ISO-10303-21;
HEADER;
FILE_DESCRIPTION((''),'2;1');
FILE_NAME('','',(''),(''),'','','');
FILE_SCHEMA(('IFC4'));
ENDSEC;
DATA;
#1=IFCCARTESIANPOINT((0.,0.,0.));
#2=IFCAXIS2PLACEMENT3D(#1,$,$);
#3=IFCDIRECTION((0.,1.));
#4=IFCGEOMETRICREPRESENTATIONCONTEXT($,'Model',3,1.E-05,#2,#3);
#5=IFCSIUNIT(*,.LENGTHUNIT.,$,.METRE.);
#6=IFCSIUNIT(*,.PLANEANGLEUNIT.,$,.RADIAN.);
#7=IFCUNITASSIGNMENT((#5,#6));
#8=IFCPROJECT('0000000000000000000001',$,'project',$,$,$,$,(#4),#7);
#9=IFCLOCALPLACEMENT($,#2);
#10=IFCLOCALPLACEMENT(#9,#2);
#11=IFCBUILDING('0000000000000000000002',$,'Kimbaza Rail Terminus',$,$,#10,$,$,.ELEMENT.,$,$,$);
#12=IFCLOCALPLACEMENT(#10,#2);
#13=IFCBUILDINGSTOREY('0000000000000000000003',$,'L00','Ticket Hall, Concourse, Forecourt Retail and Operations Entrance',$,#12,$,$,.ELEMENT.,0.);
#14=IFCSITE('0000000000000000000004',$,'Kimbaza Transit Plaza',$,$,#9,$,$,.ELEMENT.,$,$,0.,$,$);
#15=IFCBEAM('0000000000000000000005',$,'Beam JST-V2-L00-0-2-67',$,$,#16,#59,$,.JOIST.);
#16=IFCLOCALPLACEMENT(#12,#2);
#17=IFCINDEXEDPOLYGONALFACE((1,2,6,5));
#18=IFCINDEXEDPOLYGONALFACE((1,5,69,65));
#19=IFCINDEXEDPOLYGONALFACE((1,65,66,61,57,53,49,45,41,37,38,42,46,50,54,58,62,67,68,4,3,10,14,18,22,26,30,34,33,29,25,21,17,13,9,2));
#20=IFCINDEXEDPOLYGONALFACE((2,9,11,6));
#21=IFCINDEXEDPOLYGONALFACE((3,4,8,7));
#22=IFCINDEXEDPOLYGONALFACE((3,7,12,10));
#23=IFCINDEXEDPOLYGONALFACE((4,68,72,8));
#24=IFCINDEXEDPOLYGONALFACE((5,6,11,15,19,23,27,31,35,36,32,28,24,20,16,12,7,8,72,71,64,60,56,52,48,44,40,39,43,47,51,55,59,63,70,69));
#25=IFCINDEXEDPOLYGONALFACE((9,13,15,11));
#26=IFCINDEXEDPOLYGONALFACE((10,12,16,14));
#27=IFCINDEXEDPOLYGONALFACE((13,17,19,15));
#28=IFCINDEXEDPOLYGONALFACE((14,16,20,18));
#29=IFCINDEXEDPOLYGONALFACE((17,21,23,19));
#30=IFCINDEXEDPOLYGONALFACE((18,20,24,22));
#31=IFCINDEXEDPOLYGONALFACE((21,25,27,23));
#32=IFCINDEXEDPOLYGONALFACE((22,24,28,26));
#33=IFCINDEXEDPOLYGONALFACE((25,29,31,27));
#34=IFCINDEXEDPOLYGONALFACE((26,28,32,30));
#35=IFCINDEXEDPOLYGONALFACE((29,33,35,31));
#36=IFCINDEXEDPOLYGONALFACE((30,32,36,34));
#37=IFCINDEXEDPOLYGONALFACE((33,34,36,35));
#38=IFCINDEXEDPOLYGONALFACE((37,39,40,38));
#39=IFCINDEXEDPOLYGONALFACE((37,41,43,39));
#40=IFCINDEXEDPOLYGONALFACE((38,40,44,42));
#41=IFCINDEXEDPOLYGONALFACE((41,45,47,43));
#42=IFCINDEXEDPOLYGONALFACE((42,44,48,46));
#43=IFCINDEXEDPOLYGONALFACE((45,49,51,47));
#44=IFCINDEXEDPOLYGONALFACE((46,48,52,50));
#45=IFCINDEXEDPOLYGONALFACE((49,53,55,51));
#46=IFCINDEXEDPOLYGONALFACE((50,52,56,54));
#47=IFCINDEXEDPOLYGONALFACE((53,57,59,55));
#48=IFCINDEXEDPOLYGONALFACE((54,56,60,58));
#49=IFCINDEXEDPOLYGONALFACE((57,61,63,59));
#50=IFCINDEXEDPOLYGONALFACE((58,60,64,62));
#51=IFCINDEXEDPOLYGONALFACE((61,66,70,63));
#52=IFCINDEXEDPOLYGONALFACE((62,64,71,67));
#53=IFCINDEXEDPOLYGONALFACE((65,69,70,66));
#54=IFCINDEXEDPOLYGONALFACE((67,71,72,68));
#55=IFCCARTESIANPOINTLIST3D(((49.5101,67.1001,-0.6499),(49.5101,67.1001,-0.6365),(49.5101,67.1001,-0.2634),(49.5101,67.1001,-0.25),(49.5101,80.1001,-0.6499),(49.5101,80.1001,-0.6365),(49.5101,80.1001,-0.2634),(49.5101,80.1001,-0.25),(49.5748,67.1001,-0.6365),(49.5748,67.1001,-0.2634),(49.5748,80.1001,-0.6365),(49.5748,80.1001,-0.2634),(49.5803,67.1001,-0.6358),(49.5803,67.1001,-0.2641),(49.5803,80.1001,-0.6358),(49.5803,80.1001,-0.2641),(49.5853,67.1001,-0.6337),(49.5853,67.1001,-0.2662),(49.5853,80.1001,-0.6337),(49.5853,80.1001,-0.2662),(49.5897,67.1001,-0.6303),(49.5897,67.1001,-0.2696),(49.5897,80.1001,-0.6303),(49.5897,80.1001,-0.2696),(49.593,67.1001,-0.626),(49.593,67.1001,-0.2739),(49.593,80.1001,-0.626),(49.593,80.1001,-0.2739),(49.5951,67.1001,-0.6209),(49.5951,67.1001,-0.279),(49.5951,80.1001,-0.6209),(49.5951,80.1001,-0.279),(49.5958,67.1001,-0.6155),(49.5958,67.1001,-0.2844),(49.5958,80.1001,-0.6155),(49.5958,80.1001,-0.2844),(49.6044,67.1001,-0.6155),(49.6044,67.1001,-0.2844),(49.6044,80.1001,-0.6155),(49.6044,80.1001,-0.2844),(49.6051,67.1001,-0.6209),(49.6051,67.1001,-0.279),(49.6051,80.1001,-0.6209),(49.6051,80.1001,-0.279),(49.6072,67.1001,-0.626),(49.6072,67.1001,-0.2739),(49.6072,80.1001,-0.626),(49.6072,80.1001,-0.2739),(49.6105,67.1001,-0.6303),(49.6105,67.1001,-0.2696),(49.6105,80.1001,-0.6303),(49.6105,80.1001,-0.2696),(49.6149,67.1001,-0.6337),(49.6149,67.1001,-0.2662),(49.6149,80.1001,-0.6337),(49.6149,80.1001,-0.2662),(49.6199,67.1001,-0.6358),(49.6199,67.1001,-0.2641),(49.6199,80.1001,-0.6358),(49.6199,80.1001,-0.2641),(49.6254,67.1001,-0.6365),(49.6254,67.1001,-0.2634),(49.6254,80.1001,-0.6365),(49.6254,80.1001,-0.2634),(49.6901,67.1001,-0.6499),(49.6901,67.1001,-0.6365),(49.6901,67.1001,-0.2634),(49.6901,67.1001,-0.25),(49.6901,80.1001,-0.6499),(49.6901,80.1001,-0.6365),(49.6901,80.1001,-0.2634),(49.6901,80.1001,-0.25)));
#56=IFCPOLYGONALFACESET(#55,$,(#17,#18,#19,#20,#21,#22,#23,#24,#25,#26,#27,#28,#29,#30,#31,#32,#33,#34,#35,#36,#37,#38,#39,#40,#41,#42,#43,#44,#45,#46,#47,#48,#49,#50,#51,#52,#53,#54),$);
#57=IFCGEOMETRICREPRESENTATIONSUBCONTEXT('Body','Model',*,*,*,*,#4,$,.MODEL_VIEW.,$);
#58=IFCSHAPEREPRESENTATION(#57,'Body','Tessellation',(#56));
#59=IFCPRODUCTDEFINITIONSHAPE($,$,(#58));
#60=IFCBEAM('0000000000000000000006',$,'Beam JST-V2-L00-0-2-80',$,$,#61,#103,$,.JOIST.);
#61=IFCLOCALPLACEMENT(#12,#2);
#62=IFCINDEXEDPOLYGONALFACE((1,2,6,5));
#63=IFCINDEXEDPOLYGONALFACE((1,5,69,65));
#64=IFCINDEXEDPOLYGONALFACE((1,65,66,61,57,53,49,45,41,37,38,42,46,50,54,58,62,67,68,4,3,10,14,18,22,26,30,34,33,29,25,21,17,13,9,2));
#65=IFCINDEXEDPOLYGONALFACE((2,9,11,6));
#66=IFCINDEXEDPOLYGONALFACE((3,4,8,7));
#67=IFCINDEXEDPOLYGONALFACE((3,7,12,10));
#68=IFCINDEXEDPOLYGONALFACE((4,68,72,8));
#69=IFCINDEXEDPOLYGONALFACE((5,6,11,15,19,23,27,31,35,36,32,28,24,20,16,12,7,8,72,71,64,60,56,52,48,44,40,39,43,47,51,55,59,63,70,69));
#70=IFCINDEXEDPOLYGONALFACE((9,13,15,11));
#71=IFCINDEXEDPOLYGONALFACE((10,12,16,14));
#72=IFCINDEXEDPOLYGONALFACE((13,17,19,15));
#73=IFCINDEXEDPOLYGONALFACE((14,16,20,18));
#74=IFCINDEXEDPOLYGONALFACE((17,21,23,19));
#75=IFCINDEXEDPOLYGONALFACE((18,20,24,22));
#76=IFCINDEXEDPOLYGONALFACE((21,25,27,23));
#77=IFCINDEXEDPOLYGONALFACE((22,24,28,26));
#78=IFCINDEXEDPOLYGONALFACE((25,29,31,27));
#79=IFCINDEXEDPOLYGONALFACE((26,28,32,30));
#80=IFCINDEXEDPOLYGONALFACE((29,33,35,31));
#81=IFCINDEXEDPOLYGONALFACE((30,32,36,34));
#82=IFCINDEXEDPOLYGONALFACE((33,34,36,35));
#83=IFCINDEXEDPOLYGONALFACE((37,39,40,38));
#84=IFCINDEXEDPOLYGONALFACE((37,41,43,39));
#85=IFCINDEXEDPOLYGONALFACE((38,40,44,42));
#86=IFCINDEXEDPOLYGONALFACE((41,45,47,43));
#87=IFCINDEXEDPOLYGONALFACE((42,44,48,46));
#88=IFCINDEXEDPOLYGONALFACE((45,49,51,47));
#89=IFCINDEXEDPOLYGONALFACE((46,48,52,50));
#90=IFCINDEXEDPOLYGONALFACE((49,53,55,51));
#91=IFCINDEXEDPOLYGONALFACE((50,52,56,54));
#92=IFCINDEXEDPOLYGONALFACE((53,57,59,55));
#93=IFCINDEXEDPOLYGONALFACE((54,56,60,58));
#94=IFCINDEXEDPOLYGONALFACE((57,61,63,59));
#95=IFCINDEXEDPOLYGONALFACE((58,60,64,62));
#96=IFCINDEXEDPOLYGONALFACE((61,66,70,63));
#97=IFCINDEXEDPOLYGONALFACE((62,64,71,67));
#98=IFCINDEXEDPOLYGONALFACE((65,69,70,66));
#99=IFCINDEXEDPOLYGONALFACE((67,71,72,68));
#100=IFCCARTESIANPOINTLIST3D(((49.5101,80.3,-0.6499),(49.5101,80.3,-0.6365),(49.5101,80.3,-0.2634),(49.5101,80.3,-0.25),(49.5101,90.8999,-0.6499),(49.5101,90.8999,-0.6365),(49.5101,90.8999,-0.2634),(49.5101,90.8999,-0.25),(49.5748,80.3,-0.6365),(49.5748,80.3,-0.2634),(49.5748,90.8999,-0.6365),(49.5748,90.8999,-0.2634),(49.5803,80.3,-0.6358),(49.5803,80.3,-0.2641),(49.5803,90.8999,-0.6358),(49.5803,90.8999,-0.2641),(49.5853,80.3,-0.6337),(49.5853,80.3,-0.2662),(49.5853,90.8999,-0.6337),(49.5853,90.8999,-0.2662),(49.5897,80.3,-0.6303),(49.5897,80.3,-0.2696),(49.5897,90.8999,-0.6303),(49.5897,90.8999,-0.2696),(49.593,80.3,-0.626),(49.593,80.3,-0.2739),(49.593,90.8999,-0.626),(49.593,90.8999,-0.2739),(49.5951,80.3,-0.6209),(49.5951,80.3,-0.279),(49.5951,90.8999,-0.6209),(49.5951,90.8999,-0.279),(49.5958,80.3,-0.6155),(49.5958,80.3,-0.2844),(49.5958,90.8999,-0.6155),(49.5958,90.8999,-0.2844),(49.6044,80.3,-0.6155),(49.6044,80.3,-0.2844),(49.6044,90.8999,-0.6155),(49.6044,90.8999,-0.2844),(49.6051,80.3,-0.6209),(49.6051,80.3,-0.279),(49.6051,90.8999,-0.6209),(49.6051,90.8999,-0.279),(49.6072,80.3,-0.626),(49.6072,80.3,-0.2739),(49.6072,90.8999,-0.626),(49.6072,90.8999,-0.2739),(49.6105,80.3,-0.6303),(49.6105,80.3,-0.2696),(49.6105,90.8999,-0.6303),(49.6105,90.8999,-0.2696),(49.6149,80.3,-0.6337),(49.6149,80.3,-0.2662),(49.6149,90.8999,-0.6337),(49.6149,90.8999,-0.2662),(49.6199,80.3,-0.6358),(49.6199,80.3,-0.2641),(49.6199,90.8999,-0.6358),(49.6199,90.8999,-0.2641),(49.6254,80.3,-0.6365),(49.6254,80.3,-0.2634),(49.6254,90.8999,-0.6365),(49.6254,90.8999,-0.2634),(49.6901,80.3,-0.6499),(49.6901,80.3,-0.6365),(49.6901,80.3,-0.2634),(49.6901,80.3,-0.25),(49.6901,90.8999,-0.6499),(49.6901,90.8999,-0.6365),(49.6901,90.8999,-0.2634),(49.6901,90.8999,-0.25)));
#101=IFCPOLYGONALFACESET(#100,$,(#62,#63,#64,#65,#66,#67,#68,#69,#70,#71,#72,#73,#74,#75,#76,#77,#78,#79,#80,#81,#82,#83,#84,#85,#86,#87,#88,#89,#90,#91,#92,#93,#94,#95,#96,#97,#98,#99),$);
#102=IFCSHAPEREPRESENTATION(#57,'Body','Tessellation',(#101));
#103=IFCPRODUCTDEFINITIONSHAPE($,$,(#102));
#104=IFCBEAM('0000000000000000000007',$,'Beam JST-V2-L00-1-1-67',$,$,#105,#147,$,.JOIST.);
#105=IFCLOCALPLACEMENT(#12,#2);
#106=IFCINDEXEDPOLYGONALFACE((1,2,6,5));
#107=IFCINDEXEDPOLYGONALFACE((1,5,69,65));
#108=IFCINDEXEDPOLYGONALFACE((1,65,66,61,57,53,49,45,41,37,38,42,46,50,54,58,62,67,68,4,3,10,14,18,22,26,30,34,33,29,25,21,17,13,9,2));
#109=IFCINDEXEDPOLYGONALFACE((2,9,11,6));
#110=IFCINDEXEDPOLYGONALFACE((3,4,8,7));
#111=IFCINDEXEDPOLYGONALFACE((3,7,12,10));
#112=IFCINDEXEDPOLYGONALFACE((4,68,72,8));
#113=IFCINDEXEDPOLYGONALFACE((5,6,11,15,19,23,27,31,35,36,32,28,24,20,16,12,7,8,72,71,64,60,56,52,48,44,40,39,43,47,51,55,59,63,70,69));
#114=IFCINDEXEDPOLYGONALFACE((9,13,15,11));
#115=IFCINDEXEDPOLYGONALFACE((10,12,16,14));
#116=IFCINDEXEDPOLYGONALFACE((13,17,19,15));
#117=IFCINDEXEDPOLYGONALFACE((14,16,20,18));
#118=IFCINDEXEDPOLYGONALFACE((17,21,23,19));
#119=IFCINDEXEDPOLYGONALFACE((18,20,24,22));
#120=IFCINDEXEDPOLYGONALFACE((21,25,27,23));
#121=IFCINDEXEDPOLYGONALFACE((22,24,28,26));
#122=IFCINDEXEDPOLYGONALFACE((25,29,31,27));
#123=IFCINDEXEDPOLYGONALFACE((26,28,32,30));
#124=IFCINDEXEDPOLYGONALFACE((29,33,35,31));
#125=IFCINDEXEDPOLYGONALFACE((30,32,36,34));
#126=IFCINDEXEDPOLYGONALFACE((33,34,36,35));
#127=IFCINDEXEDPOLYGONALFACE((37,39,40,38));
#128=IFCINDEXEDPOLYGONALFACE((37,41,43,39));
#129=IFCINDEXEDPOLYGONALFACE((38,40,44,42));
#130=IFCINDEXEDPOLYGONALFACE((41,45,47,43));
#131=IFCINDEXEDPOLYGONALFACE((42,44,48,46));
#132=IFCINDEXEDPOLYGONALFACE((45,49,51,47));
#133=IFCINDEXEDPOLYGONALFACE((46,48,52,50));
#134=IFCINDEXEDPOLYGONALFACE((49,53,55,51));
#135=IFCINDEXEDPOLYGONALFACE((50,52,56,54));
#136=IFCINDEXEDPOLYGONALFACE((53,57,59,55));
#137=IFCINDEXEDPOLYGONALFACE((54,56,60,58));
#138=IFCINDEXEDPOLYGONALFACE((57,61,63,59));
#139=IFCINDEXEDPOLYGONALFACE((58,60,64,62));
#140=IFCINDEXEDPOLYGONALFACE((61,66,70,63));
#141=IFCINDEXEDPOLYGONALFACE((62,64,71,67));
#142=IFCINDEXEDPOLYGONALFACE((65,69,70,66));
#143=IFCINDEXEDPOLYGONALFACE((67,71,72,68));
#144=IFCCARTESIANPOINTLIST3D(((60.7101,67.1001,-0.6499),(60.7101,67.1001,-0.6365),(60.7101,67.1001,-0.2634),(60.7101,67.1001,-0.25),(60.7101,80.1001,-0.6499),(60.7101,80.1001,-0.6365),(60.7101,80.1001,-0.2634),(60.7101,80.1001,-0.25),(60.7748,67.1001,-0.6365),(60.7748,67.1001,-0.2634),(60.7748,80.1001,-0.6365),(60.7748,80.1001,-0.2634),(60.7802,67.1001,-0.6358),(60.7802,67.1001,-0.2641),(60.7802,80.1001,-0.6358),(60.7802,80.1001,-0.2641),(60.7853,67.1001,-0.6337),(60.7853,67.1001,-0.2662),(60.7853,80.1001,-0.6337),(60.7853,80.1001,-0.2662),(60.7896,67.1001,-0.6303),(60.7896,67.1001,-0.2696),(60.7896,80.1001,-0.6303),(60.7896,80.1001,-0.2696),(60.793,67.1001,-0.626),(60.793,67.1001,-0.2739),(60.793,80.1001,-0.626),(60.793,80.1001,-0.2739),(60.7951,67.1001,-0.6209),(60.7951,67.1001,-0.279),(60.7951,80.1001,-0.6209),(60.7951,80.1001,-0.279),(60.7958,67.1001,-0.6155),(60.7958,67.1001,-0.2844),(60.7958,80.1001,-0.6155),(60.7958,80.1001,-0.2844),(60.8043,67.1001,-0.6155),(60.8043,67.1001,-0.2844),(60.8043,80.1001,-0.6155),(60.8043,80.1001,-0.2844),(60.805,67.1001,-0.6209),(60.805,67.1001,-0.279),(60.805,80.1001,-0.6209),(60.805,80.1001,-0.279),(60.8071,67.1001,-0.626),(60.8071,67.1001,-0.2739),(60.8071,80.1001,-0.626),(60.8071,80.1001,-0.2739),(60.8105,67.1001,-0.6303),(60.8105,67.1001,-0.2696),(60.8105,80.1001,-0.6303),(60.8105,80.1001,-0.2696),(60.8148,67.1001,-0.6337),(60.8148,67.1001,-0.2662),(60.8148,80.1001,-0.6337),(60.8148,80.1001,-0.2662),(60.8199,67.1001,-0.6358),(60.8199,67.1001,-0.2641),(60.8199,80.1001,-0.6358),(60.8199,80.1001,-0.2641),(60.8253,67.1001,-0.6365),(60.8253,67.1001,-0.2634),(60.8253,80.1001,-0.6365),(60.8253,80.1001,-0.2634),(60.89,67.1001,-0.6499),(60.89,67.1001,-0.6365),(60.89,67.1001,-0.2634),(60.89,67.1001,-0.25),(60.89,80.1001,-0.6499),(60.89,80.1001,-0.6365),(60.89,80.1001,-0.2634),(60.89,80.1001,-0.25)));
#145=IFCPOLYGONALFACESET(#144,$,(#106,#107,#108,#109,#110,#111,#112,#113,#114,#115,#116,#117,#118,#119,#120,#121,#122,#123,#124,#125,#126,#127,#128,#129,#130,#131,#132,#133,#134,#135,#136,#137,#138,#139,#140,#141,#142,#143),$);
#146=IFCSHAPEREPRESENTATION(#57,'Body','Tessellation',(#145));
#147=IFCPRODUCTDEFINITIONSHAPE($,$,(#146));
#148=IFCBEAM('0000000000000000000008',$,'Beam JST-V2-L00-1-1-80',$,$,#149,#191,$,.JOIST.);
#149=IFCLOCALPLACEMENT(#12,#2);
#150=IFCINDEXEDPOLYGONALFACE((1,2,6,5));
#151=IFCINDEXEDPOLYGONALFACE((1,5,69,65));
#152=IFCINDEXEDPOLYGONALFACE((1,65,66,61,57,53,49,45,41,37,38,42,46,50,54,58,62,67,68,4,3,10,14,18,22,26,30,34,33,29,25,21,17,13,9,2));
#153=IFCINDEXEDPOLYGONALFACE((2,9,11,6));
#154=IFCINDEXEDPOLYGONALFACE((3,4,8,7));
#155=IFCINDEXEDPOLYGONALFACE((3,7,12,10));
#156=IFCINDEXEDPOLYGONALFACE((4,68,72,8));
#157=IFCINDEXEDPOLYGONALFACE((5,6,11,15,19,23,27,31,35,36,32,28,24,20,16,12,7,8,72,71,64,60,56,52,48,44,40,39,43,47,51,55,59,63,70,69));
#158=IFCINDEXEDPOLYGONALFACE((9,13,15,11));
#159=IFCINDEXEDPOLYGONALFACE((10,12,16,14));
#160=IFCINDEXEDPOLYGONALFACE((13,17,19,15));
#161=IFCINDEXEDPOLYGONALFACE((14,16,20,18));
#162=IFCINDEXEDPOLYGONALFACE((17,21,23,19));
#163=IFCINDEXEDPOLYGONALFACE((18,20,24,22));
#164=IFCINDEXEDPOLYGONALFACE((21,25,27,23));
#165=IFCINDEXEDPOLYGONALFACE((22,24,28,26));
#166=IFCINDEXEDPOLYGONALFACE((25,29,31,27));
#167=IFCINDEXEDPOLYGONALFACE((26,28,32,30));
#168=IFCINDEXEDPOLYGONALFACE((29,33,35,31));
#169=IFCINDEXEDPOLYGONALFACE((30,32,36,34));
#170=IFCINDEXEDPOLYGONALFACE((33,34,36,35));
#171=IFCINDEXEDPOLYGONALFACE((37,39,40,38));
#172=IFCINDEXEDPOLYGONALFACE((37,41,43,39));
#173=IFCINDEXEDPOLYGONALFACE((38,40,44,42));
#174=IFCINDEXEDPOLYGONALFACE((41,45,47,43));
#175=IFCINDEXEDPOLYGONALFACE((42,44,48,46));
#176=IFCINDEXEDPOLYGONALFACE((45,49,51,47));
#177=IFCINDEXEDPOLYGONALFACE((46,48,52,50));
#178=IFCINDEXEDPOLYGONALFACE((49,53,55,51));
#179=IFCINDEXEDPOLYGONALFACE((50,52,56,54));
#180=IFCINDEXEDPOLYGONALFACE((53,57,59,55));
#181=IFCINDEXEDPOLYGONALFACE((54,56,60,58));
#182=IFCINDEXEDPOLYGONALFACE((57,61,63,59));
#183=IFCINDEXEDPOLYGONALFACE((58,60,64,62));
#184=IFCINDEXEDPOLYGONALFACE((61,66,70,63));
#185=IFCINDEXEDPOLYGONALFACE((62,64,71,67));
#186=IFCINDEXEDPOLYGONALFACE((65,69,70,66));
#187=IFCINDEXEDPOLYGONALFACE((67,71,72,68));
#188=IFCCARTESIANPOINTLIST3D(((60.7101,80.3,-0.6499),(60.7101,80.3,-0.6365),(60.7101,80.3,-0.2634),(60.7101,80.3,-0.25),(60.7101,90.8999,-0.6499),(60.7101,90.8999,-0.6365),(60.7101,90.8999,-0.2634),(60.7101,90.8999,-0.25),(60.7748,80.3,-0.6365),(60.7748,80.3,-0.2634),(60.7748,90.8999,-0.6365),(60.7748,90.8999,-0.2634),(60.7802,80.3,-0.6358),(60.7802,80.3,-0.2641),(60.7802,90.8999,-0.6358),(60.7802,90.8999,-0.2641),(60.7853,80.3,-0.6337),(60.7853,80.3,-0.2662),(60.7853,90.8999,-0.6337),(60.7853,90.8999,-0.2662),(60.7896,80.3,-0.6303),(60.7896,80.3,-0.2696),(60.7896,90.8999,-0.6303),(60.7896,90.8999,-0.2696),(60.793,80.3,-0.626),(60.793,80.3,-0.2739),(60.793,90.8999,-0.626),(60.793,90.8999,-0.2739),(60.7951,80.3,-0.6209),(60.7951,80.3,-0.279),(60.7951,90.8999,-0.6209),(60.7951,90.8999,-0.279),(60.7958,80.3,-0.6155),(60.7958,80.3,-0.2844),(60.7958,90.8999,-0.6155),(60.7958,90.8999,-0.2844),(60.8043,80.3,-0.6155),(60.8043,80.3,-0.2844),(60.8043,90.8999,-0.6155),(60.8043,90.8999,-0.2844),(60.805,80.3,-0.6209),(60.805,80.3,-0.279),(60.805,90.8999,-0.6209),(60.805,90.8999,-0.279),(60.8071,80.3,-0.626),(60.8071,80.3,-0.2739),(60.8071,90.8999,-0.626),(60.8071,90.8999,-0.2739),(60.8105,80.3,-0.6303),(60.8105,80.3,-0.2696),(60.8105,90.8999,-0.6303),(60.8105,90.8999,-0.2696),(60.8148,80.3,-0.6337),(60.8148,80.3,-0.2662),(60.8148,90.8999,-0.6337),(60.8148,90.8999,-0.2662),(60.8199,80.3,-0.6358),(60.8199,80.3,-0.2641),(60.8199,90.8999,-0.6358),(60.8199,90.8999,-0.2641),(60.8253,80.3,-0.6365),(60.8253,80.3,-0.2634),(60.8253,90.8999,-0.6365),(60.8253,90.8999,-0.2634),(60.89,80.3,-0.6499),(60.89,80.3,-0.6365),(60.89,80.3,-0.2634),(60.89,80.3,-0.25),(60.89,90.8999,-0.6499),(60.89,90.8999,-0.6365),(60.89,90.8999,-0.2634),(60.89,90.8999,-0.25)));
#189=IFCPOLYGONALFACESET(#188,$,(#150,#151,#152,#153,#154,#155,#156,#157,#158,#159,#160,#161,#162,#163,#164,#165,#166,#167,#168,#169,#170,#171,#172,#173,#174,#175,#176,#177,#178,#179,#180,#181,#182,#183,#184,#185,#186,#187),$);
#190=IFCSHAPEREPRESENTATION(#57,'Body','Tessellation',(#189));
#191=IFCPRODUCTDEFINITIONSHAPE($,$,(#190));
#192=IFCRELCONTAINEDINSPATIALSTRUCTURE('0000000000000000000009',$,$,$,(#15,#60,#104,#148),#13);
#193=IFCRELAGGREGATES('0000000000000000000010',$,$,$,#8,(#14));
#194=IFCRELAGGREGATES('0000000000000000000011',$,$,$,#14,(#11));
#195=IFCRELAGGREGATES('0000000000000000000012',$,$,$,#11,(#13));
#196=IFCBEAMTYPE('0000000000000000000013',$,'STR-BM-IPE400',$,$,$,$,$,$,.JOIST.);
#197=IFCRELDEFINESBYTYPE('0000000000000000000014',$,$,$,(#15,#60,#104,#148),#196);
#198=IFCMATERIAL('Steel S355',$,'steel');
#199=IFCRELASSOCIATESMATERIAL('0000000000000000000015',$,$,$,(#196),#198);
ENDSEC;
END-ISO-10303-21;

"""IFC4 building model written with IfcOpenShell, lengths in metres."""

from ifc_helpers import new_model, si_unit, direction, frame, origin, origin_2d, place, context, subcontext, project, spatial, i_section, extrude, material, material_profile, profile_set, type_object, element, save


model = new_model("IFC4")

# Units and contexts
model_context = context("Model", 3, precision=1e-05, world=origin(), true_north=direction((0.0, 1.0)))
body_context = subcontext(model_context, "Body", "Model", "MODEL_VIEW")
ifc_project = project(units=[si_unit("LENGTHUNIT", "METRE"), si_unit("PLANEANGLEUNIT", "RADIAN")], contexts=[model_context])

# Site, building, storey
site_placement = place(None, origin())
site = spatial("IfcSite", under=ifc_project, at=site_placement, Name="Kimbaza Transit Plaza", CompositionType="ELEMENT", RefElevation=0.0)
building_placement = place(site_placement, origin())
building = spatial("IfcBuilding", under=site, at=building_placement, Name="Kimbaza Rail Terminus", CompositionType="ELEMENT")
storey_placement = place(building_placement, origin())
storey = spatial("IfcBuildingStorey", under=building, at=storey_placement, Name="L00", Description="Ticket Hall, Concourse, Forecourt Retail and Operations Entrance", CompositionType="ELEMENT", Elevation=0.0)

# Beams
ifc_material_1 = material(Name="Steel S355", Category="steel")
ifc_material_profile_1 = material_profile(ifc_material_1, i_section(OverallWidth=0.1799, OverallDepth=0.3999, WebThickness=0.0085, FlangeThickness=0.0134, FilletRadius=0.021, at=origin_2d()), Name="IPE 400")
ifc_profile_set_1 = profile_set([ifc_material_profile_1], Name="Steel S355")
beam_type_1 = type_object("IfcBeamType", Name="STR-BM-IPE400", PredefinedType="JOIST", material=ifc_profile_set_1)
beam_1_placement = place(storey_placement, frame((49.6001, 67.1001, -0.45), z_axis=(0.0, 1.0, 0.0), x_axis=(-1.0, 0.0, 0.0)))
element("IfcBeam", 1, at=beam_1_placement, inside=storey, type_object=beam_type_1, Name="Beam JST-V2-L00-0-2-67", PredefinedType="JOIST", context=body_context, shape_type="SweptSolid", body=[
    extrude(i_section(OverallWidth=0.1799, OverallDepth=0.3999, WebThickness=0.0085, FlangeThickness=0.0134, FilletRadius=0.021, at=origin_2d()), origin(), (0.0, 0.0, 1.0), 13.0),
])
beam_2_placement = place(storey_placement, frame((49.6001, 80.3, -0.45), z_axis=(0.0, 1.0, 0.0), x_axis=(-1.0, 0.0, 0.0)))
element("IfcBeam", 2, at=beam_2_placement, inside=storey, type_object=beam_type_1, Name="Beam JST-V2-L00-0-2-80", PredefinedType="JOIST", context=body_context, shape_type="SweptSolid", body=[
    extrude(i_section(OverallWidth=0.1799, OverallDepth=0.3999, WebThickness=0.0085, FlangeThickness=0.0134, FilletRadius=0.021, at=origin_2d()), origin(), (0.0, 0.0, 1.0), 10.5999),
])
beam_3_placement = place(storey_placement, frame((60.8, 67.1001, -0.45), z_axis=(0.0, 1.0, 0.0), x_axis=(-1.0, 0.0, 0.0)))
element("IfcBeam", 3, at=beam_3_placement, inside=storey, type_object=beam_type_1, Name="Beam JST-V2-L00-1-1-67", PredefinedType="JOIST", context=body_context, shape_type="SweptSolid", body=[
    extrude(i_section(OverallWidth=0.1799, OverallDepth=0.3999, WebThickness=0.0085, FlangeThickness=0.0134, FilletRadius=0.021, at=origin_2d()), origin(), (0.0, 0.0, 1.0), 13.0),
])
beam_4_placement = place(storey_placement, frame((60.8, 80.3, -0.45), z_axis=(0.0, 1.0, 0.0), x_axis=(-1.0, 0.0, 0.0)))
element("IfcBeam", 4, at=beam_4_placement, inside=storey, type_object=beam_type_1, Name="Beam JST-V2-L00-1-1-80", PredefinedType="JOIST", context=body_context, shape_type="SweptSolid", body=[
    extrude(i_section(OverallWidth=0.1799, OverallDepth=0.3999, WebThickness=0.0085, FlangeThickness=0.0134, FilletRadius=0.021, at=origin_2d()), origin(), (0.0, 0.0, 1.0), 10.5999),
])

save(model, "model.ifc")
